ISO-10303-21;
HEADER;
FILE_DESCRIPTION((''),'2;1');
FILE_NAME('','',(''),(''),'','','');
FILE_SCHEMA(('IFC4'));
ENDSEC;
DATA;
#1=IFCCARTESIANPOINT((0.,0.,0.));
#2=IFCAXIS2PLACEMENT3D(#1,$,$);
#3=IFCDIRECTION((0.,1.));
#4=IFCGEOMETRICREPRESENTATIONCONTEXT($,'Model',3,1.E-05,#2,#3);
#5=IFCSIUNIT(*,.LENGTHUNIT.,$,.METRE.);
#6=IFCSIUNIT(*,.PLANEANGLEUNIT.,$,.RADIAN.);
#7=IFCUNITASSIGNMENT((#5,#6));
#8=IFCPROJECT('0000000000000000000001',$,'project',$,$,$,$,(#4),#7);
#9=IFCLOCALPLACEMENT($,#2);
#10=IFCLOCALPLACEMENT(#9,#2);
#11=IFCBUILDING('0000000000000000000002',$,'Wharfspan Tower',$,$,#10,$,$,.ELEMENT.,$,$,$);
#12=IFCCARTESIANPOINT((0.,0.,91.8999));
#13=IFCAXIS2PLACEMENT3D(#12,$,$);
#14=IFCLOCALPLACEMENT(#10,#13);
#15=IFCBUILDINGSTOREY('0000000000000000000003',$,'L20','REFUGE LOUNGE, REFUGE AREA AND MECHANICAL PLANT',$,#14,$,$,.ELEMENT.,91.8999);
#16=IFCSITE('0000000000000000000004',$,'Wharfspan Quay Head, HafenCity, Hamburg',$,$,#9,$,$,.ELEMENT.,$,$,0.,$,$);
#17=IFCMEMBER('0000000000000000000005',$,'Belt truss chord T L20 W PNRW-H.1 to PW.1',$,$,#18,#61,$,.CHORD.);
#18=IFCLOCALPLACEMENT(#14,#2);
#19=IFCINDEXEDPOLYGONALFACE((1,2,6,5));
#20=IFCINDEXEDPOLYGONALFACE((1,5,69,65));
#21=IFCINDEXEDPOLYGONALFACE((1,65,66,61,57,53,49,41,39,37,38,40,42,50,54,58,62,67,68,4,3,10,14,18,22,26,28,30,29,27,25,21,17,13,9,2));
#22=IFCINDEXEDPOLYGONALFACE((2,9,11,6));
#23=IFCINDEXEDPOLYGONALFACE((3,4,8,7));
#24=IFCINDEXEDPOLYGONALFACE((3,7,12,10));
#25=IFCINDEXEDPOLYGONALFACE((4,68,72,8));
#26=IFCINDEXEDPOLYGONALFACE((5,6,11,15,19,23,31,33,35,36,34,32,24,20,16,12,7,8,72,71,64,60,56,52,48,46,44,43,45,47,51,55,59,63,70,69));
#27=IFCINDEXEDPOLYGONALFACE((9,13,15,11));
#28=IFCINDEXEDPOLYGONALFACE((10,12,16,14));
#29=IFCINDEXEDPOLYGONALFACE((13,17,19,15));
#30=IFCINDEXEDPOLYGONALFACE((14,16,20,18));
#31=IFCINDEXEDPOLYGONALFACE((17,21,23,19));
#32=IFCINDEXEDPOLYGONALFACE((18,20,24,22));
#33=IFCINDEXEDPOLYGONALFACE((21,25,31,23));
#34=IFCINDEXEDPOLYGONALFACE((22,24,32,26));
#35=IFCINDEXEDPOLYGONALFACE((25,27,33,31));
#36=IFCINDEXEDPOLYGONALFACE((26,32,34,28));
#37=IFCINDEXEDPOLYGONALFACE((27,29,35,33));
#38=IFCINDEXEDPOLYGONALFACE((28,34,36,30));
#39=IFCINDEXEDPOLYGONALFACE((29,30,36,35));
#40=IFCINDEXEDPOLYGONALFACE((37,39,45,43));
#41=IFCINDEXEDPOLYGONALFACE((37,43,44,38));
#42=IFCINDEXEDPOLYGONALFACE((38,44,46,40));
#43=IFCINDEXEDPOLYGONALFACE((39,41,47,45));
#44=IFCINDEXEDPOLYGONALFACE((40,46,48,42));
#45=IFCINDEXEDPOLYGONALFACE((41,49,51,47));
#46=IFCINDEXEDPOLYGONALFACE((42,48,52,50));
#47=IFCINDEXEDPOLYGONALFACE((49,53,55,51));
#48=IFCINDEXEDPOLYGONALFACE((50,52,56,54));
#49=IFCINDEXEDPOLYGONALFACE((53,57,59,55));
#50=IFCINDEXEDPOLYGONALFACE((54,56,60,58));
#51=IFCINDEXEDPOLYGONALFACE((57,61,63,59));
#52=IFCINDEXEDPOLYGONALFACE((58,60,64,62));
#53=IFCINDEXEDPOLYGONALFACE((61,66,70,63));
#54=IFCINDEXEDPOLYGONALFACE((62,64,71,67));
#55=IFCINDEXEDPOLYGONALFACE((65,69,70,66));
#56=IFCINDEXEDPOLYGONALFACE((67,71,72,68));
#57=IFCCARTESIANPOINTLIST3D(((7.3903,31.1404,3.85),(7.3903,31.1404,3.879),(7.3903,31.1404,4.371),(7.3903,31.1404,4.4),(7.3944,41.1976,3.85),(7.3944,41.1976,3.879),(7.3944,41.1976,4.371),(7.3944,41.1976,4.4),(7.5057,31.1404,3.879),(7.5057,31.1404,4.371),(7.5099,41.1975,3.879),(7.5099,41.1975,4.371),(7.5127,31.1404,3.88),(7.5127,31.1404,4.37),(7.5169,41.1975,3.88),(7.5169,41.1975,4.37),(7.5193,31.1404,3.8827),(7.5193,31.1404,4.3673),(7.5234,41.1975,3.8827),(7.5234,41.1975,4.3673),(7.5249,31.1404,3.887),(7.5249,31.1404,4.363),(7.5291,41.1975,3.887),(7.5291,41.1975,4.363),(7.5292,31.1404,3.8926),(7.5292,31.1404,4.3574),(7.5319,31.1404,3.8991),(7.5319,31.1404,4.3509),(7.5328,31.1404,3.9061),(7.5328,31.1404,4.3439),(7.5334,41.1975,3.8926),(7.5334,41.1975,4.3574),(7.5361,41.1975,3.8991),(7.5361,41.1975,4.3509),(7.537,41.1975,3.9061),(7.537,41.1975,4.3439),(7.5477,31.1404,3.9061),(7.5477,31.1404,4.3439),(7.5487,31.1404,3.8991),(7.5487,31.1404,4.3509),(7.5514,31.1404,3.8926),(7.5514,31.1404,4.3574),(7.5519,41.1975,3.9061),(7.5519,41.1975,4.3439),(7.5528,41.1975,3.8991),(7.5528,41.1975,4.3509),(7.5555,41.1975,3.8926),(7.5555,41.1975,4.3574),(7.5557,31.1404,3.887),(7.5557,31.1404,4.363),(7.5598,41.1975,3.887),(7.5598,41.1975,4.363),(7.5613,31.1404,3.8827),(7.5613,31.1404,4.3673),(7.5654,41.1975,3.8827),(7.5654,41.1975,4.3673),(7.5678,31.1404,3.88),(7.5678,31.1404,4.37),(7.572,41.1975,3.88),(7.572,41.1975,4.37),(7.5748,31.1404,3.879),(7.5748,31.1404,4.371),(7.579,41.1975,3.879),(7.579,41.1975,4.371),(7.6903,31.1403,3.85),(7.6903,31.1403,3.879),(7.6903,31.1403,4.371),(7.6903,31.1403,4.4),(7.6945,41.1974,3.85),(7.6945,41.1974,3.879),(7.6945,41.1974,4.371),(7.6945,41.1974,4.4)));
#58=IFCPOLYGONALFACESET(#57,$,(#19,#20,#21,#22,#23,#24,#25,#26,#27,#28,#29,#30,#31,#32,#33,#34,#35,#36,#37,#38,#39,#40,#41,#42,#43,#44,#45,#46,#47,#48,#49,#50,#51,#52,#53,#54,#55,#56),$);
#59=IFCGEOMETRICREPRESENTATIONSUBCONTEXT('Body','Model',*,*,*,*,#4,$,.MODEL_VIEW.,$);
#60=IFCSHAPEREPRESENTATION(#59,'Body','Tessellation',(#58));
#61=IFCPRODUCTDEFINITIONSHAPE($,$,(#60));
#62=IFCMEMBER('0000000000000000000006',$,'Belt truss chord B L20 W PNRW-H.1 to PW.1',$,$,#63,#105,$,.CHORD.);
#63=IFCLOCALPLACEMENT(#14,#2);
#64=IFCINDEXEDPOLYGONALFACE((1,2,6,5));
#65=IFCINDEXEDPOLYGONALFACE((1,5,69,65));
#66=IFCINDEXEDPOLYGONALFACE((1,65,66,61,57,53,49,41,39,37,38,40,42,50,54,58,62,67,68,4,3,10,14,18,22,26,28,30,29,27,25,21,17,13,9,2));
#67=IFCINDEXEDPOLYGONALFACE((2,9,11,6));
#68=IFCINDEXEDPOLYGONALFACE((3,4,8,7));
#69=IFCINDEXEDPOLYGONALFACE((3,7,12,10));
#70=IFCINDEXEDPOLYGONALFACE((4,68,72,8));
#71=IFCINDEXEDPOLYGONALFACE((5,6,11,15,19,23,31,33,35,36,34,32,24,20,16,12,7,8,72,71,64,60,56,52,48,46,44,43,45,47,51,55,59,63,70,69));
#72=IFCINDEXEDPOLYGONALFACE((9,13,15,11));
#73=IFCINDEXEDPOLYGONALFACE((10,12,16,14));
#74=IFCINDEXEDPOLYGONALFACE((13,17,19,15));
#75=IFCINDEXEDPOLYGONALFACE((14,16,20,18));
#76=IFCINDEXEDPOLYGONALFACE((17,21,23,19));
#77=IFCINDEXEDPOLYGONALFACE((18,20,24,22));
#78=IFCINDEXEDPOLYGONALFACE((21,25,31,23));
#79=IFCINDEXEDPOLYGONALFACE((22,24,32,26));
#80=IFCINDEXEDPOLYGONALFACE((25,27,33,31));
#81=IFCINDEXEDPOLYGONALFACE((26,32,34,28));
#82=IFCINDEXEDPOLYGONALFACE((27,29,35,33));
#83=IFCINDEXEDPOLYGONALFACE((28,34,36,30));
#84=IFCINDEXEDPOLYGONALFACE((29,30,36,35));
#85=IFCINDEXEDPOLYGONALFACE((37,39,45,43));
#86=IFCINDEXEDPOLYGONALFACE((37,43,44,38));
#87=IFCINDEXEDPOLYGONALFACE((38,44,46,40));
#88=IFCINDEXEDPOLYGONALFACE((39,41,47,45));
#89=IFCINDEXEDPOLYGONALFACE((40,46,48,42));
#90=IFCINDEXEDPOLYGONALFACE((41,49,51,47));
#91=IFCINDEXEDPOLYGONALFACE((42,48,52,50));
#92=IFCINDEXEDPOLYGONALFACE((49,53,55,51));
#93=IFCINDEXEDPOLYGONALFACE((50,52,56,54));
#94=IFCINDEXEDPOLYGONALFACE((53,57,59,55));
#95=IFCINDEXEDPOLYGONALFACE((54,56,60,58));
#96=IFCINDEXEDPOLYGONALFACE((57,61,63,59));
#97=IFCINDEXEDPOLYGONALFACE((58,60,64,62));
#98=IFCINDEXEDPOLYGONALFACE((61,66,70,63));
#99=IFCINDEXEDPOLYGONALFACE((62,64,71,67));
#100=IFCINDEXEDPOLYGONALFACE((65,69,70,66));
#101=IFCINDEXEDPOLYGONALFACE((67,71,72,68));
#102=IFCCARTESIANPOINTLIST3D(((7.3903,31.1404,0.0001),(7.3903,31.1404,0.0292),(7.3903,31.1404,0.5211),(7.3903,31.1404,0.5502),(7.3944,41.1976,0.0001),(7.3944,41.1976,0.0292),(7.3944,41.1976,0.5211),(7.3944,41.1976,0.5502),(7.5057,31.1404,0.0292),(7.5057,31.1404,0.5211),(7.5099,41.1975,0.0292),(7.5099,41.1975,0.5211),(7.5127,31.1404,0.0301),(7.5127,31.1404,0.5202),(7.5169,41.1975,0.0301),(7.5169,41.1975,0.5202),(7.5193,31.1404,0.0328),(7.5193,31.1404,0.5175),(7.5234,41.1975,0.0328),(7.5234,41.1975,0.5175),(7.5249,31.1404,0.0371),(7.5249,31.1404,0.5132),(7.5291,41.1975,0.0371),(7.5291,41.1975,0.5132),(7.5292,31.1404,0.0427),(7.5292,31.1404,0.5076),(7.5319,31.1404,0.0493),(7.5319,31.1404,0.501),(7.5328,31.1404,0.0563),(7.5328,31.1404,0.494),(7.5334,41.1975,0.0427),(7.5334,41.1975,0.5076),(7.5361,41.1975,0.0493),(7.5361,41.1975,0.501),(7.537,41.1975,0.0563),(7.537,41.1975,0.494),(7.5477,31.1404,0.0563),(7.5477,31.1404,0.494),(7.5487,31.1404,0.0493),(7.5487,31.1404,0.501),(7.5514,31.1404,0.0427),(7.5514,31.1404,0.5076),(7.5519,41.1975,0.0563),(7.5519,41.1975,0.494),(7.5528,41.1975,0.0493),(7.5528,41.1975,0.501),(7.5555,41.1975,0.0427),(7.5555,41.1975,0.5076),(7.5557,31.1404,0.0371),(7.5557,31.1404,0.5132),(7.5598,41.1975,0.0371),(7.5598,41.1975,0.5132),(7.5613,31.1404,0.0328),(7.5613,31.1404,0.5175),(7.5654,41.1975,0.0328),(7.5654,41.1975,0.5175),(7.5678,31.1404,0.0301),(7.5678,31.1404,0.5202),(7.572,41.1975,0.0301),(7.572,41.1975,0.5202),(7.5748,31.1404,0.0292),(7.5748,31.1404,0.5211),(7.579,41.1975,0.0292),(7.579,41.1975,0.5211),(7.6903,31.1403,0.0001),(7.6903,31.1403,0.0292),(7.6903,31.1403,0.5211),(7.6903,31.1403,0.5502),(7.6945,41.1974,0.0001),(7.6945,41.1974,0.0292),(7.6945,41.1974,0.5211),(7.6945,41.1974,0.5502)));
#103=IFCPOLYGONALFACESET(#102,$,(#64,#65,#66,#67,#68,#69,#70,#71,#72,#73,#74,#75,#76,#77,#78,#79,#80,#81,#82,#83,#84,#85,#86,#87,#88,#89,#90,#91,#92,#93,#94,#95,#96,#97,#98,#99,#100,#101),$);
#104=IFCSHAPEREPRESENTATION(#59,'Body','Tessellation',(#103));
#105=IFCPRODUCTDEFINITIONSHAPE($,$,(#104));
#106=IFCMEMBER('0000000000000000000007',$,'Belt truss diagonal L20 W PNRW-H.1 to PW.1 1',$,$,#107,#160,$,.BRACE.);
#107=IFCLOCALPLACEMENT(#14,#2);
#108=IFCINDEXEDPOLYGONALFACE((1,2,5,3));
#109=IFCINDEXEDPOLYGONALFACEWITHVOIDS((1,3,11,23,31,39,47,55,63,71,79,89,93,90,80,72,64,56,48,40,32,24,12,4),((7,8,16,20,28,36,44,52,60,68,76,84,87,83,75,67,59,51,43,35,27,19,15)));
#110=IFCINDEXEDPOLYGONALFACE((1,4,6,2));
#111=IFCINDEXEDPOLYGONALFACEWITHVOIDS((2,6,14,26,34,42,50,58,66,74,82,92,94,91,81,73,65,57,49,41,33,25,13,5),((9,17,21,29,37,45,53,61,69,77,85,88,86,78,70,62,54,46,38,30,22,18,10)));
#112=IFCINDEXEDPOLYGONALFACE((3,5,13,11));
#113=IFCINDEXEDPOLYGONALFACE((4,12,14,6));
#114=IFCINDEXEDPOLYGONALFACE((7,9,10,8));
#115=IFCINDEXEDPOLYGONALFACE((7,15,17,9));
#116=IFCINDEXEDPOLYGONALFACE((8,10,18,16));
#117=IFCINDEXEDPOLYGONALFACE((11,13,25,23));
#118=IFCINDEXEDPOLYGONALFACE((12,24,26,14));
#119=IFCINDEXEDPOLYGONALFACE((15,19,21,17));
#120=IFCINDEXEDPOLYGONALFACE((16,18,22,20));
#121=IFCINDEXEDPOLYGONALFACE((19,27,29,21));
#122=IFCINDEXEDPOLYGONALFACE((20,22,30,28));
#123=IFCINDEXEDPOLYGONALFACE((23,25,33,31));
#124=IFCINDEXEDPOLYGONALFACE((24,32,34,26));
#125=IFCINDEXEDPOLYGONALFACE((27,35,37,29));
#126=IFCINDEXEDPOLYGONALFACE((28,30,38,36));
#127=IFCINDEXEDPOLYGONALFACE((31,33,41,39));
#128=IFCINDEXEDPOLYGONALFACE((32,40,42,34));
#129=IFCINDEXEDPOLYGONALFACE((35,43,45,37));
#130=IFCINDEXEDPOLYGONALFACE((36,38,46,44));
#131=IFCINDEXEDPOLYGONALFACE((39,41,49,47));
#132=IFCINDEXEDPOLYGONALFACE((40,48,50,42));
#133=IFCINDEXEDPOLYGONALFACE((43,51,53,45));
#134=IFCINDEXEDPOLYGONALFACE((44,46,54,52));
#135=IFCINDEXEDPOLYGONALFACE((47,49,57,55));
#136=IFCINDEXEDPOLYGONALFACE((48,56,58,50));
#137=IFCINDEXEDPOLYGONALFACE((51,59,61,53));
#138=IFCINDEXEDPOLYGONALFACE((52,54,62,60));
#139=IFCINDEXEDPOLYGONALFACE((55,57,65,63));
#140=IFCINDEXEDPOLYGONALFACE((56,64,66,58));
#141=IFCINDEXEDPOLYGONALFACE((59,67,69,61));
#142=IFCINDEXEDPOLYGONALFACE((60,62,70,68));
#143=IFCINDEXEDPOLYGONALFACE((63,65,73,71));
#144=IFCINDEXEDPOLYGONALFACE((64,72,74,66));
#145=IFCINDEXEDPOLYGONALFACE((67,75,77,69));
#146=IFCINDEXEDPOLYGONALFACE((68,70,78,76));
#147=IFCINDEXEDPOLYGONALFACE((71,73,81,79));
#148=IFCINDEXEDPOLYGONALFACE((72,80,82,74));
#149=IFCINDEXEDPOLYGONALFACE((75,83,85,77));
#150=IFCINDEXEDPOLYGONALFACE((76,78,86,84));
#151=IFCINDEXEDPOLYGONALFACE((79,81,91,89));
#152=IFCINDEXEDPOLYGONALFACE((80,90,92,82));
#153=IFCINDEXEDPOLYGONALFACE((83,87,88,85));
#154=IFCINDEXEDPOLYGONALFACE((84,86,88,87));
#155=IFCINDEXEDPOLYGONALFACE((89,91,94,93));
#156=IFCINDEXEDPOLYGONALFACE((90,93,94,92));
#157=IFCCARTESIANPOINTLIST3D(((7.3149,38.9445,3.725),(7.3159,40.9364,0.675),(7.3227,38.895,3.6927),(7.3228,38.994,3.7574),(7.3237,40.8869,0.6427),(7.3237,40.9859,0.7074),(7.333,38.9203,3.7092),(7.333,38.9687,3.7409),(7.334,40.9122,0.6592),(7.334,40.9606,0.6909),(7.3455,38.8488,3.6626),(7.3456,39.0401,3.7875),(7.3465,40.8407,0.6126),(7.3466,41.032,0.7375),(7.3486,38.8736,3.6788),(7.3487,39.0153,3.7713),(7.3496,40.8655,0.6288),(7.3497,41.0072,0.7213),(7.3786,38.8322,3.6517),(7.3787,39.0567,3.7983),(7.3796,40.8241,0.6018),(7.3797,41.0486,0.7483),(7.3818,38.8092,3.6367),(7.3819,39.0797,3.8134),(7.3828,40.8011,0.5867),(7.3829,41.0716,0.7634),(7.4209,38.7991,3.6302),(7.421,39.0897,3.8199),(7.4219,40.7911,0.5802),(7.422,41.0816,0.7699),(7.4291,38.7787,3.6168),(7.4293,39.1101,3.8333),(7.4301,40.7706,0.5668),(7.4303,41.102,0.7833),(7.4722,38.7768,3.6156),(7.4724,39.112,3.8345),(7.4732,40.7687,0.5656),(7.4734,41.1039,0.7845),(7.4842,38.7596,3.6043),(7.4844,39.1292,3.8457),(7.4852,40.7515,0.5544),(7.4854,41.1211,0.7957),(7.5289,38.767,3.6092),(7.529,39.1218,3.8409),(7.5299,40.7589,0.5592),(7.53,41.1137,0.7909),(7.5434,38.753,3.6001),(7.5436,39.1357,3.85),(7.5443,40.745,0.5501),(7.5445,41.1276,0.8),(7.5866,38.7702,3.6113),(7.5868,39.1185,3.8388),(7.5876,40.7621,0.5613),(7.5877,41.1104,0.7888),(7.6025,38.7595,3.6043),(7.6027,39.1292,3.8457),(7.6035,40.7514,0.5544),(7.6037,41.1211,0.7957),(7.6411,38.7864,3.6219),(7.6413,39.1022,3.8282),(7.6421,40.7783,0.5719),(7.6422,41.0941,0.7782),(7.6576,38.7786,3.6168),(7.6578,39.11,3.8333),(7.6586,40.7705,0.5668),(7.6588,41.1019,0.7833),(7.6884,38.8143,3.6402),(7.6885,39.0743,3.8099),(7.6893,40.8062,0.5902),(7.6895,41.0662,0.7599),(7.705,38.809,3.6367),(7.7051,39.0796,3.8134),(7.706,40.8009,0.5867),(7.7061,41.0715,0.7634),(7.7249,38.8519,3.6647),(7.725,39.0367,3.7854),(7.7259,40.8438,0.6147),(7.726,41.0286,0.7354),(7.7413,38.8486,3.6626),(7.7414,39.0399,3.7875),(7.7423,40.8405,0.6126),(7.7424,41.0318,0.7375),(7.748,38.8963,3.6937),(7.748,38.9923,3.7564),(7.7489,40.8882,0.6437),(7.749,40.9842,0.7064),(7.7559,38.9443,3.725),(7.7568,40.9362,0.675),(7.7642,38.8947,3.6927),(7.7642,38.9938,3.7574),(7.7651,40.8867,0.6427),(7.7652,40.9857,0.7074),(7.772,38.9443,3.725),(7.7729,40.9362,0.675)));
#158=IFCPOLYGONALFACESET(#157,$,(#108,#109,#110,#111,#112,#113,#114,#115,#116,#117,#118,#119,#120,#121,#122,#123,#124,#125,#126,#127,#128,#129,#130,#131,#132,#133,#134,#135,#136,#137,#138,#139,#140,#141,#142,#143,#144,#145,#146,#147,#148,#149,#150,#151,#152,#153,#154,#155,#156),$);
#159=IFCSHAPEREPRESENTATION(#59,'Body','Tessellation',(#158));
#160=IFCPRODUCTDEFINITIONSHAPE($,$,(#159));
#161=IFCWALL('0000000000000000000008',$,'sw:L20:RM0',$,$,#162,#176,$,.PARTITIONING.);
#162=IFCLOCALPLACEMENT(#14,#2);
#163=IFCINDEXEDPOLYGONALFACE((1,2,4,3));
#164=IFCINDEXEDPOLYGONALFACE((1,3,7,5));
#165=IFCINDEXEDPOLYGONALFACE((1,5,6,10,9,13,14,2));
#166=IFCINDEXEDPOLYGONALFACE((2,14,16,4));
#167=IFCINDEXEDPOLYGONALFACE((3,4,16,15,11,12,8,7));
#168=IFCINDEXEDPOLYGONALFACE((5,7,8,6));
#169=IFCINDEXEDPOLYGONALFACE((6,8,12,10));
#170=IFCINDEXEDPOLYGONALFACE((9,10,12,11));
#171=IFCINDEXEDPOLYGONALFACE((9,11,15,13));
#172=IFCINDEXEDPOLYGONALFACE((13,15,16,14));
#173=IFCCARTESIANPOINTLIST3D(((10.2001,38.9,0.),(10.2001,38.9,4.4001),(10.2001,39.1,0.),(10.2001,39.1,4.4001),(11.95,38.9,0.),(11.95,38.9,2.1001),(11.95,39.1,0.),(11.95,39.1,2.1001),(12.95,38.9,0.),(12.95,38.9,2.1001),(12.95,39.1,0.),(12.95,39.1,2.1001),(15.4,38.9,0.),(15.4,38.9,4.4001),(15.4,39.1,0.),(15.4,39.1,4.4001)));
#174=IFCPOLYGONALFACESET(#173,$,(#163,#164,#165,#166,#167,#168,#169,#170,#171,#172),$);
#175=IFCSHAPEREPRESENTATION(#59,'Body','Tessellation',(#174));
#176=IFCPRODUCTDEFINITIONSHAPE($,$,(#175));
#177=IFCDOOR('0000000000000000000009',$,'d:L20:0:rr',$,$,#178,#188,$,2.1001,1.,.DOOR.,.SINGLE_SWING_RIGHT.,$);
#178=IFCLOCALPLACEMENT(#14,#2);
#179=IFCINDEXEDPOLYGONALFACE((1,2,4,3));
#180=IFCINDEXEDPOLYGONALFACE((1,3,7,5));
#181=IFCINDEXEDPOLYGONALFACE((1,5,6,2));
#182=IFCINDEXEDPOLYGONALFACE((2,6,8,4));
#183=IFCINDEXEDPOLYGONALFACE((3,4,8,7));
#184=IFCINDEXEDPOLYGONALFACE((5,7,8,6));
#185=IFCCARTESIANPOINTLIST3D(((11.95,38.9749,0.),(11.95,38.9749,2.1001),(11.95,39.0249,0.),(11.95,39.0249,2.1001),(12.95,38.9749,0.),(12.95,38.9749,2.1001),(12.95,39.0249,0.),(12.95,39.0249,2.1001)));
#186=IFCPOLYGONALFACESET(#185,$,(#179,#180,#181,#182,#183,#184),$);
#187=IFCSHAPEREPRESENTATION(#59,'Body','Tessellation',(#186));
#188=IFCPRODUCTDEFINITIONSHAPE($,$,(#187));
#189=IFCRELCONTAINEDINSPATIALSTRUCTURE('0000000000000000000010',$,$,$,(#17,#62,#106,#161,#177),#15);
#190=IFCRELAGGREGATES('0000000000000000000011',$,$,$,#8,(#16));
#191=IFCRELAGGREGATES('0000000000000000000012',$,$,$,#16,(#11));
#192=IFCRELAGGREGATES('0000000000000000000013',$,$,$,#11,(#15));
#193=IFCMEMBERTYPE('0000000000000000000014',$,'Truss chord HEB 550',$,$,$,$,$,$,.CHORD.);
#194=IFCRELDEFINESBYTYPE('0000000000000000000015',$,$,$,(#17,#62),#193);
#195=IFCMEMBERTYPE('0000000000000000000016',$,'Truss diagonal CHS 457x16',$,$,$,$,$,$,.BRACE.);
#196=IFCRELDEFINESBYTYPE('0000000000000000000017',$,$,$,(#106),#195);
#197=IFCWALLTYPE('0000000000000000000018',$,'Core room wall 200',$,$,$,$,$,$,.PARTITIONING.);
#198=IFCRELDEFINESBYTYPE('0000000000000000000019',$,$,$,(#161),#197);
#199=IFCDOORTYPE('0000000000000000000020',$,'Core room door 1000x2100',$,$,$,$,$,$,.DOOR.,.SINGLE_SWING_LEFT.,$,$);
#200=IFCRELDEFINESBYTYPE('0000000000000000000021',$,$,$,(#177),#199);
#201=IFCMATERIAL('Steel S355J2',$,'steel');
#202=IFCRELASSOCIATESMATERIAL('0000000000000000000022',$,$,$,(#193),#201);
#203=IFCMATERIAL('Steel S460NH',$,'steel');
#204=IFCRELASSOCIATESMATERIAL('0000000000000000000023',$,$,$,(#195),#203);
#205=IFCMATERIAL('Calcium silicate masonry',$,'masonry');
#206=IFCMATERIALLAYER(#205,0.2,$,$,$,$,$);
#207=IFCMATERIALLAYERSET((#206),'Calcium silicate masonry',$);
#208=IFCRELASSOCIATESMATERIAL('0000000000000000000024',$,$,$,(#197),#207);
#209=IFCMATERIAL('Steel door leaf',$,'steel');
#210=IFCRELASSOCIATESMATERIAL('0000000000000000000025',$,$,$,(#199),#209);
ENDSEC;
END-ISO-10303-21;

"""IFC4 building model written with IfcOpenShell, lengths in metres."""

from ifc_helpers import new_model, si_unit, direction, frame, frame_2d, origin, origin_2d, place, context, subcontext, project, spatial, rectangle, hollow_circle, i_section, extrude, material, layer, layer_set, material_profile, profile_set, type_object, element, fill, save


model = new_model("IFC4")

# Units and contexts
model_context = context("Model", 3, precision=1e-05, world=origin(), true_north=direction((0.0, 1.0)))
body_context = subcontext(model_context, "Body", "Model", "MODEL_VIEW")
ifc_project = project(units=[si_unit("LENGTHUNIT", "METRE"), si_unit("PLANEANGLEUNIT", "RADIAN")], contexts=[model_context])

# Site, building, storey
site_placement = place(None, origin())
site = spatial("IfcSite", under=ifc_project, at=site_placement, Name="Wharfspan Quay Head, HafenCity, Hamburg", CompositionType="ELEMENT", RefElevation=0.0)
building_placement = place(site_placement, origin())
building = spatial("IfcBuilding", under=site, at=building_placement, Name="Wharfspan Tower", CompositionType="ELEMENT")
storey_placement = place(building_placement, frame((0.0, 0.0, 91.8999)))
storey = spatial("IfcBuildingStorey", under=building, at=storey_placement, Name="L20", Description="REFUGE LOUNGE, REFUGE AREA AND MECHANICAL PLANT", CompositionType="ELEMENT", Elevation=91.8999)

# Shared definitions
ifc_material_1 = material(Name="Steel S355J2", Category="steel")

# Members
ifc_material_profile_1 = material_profile(ifc_material_1, i_section(OverallWidth=0.3, OverallDepth=0.55, WebThickness=0.0149, FlangeThickness=0.0291, FilletRadius=0.0271, at=origin_2d()))
ifc_profile_set_1 = profile_set([ifc_material_profile_1], Name="Steel S355J2")
member_type_1 = type_object("IfcMemberType", Name="Truss chord HEB 550", PredefinedType="CHORD", material=ifc_profile_set_1)
for number, where, z_axis, x_axis, name in (
    (1, (7.5444, 41.1975, 4.125), (-0.000413, -1.0, 0.0), (1.0, -0.000413, 0.0), "Belt truss chord T L20 W PNRW-H.1 to PW.1"),
    (2, (7.5444, 41.1975, 0.2751), (-0.000413, -1.0, 0.0), (1.0, -0.000413, 0.0), "Belt truss chord B L20 W PNRW-H.1 to PW.1"),
):
    element("IfcMember", number, at=place(storey_placement, frame(where, z_axis=z_axis, x_axis=x_axis)), inside=storey, type_object=member_type_1, Name=name, PredefinedType="CHORD", context=body_context, shape_type="SweptSolid", body=[
        extrude(i_section(OverallWidth=0.3, OverallDepth=0.55, WebThickness=0.0149, FlangeThickness=0.0291, FilletRadius=0.0271, at=origin_2d()), origin(), (0.0, 0.0, 1.0), 10.0571),
    ])
ifc_material_2 = material(Name="Steel S460NH", Category="steel")
ifc_material_profile_2 = material_profile(ifc_material_2, hollow_circle(Radius=0.2285, WallThickness=0.0161, at=origin_2d()))
ifc_profile_set_2 = profile_set([ifc_material_profile_2], Name="Steel S460NH")
member_type_2 = type_object("IfcMemberType", Name="Truss diagonal CHS 457x16", PredefinedType="BRACE", material=ifc_profile_set_2)
member_placement = place(storey_placement, frame((7.5444, 40.9363, 0.675), z_axis=(-0.000268, -0.546803, 0.837261), x_axis=(0.999996, -0.000487, 0.000002)))
element("IfcMember", 3, at=member_placement, inside=storey, type_object=member_type_2, Name="Belt truss diagonal L20 W PNRW-H.1 to PW.1 1", PredefinedType="BRACE", context=body_context, shape_type="SweptSolid", body=[
    extrude(hollow_circle(Radius=0.2285, WallThickness=0.0161, at=origin_2d()), origin(), (0.0, 0.0, 1.0), 3.6428),
])

# Wall, opening, door
ifc_material_3 = material(Name="Calcium silicate masonry", Category="masonry")
ifc_layer_1 = layer(ifc_material_3, 0.2)
ifc_layer_set_1 = layer_set([ifc_layer_1], Name="Calcium silicate masonry")
wall_type_1 = type_object("IfcWallType", Name="Core room wall 200", PredefinedType="PARTITIONING", material=ifc_layer_set_1)
wall_1_placement = place(storey_placement, frame((10.2, 39.0, 0.0), z_axis=(0.0, 0.0, 1.0), x_axis=(1.0, 0.0, 0.0)))
wall_1 = element("IfcWall", 4, at=wall_1_placement, inside=storey, type_object=wall_type_1, Name="sw:L20:RM0", PredefinedType="PARTITIONING", context=body_context, shape_type="SweptSolid", body=[
    extrude(rectangle(XDim=5.2, YDim=0.2, at=frame_2d((2.6001, 0.0))), origin(), (0.0, 0.0, 1.0), 4.4001),
])
opening_1_placement = place(wall_1_placement, frame((1.75, 0.0, 0.0)))
opening_1 = element("IfcOpeningElement", 5, at=opening_1_placement, cuts=wall_1, PredefinedType="OPENING", context=body_context, shape_type="SweptSolid", body=[
    extrude(rectangle(XDim=1.0, YDim=2.1001, at=frame_2d((0.5, 1.05))), frame((0.0, 0.1099, 0.0), z_axis=(0.0, -1.0, 0.0), x_axis=(1.0, 0.0, 0.0)), (0.0, 0.0, 1.0), 0.22),
])
ifc_material_4 = material(Name="Steel door leaf", Category="steel")
door_type_1 = type_object("IfcDoorType", Name="Core room door 1000x2100", OperationType="SINGLE_SWING_LEFT", PredefinedType="DOOR", material=ifc_material_4)
door_1_placement = place(opening_1_placement, origin())
door_1 = element("IfcDoor", 6, at=door_1_placement, inside=storey, type_object=door_type_1, Name="d:L20:0:rr", OperationType="SINGLE_SWING_RIGHT", OverallHeight=2.1001, OverallWidth=1.0, PredefinedType="DOOR", context=body_context, shape_type="SweptSolid", body=[
    extrude(rectangle(XDim=1.0, YDim=2.1001, at=frame_2d((0.5, 1.05))), frame((0.0, 0.0249, 0.0), z_axis=(0.0, -1.0, 0.0), x_axis=(1.0, 0.0, 0.0)), (0.0, 0.0, 1.0), 0.05),
])
fill(opening_1, door_1)

save(model, "model.ifc")
